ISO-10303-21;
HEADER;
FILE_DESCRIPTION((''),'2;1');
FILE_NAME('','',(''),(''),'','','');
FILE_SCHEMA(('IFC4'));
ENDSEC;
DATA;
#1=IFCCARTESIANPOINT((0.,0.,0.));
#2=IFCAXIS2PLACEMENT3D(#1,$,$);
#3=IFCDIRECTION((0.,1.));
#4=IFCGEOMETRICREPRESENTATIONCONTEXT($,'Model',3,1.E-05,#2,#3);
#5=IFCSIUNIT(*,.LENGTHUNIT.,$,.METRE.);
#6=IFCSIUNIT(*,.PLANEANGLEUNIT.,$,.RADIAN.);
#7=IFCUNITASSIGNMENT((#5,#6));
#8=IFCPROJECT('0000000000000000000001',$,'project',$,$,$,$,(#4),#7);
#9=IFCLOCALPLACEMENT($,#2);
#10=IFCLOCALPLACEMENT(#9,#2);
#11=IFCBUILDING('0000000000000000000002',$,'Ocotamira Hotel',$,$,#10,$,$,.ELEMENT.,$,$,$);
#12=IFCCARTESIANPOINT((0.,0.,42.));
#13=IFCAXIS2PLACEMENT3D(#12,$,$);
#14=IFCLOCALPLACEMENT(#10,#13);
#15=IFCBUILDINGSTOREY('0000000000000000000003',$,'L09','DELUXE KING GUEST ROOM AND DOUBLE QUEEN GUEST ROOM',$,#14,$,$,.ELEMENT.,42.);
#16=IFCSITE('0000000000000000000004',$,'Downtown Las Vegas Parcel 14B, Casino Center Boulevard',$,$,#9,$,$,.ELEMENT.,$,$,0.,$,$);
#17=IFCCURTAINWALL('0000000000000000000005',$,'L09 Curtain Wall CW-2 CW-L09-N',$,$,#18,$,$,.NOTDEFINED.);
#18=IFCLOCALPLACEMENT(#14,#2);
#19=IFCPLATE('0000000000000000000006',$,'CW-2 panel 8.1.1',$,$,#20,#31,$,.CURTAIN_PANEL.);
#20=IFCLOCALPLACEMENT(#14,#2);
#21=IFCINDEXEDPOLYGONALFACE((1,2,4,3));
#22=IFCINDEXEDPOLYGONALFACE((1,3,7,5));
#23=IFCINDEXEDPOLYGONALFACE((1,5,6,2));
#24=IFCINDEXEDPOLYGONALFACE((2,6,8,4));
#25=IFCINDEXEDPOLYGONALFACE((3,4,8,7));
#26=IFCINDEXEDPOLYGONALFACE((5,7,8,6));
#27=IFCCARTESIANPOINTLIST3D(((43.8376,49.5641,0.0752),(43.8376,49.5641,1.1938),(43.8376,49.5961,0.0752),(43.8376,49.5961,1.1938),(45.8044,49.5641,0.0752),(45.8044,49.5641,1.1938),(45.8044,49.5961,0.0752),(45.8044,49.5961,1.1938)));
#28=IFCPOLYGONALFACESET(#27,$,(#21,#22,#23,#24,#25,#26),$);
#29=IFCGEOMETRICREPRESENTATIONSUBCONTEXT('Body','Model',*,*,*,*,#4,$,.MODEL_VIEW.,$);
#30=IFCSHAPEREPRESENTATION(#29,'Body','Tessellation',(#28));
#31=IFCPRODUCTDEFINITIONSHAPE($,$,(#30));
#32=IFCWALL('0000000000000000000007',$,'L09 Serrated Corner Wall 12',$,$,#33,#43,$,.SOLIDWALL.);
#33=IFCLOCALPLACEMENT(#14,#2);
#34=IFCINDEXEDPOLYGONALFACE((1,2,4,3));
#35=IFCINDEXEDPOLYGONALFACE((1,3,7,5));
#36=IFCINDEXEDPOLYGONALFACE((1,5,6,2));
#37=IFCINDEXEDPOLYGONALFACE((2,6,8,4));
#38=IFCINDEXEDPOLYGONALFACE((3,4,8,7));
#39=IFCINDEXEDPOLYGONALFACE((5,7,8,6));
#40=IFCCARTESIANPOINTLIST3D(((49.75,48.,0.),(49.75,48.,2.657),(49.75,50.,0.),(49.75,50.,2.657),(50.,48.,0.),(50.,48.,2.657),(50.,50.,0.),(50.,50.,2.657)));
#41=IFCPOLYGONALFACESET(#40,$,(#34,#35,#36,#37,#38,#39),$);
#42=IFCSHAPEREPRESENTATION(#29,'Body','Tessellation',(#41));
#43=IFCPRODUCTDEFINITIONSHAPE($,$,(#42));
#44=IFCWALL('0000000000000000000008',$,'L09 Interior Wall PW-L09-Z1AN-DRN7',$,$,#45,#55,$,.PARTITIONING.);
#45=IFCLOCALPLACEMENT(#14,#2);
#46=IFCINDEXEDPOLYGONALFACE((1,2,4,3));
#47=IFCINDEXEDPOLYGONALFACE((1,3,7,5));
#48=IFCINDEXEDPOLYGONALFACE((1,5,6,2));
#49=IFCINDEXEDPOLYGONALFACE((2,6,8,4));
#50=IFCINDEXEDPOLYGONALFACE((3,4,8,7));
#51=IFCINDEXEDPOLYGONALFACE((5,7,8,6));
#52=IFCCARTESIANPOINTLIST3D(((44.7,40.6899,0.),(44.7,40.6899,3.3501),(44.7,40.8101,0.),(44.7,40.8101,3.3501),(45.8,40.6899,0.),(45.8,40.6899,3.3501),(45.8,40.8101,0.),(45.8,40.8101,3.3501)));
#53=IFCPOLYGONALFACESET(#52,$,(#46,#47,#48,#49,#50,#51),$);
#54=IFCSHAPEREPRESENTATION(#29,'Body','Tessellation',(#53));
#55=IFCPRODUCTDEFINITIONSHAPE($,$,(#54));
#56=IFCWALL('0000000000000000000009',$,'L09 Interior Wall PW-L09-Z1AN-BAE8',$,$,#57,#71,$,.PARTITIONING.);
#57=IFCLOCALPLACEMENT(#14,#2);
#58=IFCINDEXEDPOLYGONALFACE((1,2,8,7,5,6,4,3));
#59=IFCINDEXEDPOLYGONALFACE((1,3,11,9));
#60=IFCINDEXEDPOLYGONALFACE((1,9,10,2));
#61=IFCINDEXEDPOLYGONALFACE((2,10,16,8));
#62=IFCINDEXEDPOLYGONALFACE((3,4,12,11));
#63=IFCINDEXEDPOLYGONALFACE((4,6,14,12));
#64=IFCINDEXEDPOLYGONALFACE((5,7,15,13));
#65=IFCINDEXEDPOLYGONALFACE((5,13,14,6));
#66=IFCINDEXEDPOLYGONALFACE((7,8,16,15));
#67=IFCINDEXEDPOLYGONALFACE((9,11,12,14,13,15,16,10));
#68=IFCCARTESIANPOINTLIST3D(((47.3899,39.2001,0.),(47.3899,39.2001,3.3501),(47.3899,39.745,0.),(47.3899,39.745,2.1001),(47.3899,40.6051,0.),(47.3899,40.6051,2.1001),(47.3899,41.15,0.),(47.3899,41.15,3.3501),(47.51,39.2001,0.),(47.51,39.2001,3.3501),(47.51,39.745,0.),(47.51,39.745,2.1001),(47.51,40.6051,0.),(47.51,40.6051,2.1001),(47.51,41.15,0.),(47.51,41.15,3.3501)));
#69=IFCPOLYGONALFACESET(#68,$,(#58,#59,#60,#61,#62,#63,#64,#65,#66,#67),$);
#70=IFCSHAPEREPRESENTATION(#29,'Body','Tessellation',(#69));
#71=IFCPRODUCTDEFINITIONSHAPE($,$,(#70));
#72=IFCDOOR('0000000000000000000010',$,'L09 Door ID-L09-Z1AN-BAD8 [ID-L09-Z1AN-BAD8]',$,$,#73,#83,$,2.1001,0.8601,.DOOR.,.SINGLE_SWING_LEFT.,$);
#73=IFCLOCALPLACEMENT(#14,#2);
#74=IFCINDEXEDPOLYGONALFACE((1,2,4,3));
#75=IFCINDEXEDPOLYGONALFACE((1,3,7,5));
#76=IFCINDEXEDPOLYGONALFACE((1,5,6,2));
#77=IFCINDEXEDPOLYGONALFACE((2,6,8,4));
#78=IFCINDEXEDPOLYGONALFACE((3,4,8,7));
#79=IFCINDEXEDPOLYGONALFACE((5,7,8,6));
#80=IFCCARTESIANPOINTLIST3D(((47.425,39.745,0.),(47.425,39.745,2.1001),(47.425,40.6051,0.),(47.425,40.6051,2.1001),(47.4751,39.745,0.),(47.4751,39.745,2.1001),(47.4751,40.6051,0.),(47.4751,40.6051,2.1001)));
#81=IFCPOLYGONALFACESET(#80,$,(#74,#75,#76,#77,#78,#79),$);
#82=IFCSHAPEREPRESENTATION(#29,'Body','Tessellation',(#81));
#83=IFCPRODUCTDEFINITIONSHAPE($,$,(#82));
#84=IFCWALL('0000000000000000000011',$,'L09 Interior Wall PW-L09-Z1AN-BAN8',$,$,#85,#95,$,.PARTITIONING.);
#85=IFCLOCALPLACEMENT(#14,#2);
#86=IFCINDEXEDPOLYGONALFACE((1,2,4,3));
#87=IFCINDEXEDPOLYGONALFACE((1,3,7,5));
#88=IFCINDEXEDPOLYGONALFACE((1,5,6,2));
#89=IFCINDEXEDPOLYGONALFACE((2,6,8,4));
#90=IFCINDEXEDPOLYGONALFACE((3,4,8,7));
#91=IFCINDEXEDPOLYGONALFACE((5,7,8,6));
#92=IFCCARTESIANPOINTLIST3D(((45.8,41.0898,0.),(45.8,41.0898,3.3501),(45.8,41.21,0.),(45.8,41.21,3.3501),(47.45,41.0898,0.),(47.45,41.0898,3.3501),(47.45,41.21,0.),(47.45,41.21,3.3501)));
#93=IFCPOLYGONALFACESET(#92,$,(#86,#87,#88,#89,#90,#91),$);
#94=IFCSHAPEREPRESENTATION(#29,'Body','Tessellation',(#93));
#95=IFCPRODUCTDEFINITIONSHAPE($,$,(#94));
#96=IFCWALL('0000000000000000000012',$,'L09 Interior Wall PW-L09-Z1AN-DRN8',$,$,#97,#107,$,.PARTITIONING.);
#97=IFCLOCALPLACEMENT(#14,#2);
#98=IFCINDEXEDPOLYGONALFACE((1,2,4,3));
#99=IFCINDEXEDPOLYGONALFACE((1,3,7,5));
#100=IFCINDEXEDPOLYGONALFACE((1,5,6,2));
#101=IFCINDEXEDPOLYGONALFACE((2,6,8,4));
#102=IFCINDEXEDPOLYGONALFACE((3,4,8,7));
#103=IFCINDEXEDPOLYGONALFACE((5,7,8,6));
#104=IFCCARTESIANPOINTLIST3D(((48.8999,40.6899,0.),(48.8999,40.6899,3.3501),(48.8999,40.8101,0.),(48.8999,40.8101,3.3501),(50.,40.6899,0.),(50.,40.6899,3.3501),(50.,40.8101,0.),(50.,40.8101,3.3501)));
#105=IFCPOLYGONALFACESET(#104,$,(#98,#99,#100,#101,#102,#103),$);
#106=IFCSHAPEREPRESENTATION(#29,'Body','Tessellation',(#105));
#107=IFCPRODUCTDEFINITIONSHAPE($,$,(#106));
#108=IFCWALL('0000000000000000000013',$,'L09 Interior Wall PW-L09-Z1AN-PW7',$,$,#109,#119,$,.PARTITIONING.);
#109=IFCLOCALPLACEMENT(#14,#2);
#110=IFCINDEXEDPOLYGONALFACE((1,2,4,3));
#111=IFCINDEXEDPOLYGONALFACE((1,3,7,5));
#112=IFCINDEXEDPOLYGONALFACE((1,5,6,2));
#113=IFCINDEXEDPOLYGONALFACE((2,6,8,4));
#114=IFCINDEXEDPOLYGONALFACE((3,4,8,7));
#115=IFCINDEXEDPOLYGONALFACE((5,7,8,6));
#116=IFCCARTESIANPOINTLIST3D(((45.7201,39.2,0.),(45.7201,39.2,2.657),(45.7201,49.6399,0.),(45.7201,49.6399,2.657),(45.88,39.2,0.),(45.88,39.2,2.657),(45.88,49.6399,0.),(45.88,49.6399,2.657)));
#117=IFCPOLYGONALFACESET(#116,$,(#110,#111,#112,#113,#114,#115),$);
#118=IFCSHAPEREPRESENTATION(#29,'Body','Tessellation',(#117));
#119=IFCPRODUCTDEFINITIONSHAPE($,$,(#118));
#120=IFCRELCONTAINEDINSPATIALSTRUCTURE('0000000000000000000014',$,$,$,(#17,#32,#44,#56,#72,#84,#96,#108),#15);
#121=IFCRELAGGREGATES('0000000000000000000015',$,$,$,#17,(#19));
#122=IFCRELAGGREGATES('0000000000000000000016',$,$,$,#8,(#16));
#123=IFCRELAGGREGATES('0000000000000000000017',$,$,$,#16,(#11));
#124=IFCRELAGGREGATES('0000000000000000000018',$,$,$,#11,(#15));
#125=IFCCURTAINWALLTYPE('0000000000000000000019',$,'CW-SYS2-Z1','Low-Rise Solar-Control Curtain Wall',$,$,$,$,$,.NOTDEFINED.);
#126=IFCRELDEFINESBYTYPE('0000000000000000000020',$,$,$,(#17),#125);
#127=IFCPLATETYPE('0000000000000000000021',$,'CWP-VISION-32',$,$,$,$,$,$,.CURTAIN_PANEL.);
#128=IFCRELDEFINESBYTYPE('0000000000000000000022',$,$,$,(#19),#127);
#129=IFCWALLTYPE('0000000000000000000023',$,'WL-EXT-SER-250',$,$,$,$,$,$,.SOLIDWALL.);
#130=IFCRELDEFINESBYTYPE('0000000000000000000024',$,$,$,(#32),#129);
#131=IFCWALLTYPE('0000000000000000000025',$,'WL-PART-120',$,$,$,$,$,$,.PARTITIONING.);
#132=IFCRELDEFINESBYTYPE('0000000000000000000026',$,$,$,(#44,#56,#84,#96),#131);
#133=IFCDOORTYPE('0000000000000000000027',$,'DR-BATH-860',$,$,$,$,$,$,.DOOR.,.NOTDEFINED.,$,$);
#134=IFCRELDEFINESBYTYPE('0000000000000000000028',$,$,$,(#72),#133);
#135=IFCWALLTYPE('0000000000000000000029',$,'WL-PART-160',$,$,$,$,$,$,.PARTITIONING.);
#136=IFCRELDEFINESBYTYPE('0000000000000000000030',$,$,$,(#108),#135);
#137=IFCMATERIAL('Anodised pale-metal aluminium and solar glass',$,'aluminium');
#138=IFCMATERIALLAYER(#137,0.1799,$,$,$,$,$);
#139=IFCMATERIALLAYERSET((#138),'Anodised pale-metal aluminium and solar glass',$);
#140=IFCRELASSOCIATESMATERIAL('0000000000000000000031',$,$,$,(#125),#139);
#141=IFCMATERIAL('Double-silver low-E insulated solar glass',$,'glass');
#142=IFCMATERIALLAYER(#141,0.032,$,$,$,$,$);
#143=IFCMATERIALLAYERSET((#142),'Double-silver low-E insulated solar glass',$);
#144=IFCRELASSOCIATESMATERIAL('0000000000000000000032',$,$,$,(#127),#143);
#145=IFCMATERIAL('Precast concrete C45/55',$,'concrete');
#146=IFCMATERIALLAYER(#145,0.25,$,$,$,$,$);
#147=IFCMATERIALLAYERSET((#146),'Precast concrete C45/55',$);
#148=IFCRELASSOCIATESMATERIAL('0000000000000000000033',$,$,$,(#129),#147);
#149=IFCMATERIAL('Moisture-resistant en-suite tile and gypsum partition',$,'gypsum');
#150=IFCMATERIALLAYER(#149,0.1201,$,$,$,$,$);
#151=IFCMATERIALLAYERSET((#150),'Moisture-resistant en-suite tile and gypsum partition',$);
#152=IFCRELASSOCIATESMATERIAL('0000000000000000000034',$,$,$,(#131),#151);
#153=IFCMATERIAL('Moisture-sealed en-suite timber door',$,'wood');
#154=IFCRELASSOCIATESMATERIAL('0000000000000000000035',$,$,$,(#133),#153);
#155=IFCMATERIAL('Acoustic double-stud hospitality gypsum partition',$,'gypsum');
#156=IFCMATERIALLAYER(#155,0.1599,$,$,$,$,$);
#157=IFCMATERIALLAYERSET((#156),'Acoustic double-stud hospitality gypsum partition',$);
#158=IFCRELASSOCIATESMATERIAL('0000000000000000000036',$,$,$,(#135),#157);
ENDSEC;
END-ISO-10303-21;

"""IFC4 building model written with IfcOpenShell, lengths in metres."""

from ifc_helpers import new_model, si_unit, direction, frame, frame_2d, origin, origin_2d, place, context, subcontext, project, spatial, rectangle, extrude, source, transform, mapped, material, layer, layer_set, type_object, element, fill, aggregate, save


model = new_model("IFC4")

# Units and contexts
model_context = context("Model", 3, precision=1e-05, world=origin(), true_north=direction((0.0, 1.0)))
body_context = subcontext(model_context, "Body", "Model", "MODEL_VIEW")
ifc_project = project(units=[si_unit("LENGTHUNIT", "METRE"), si_unit("PLANEANGLEUNIT", "RADIAN")], contexts=[model_context])

# Site, building, storey
site_placement = place(None, origin())
site = spatial("IfcSite", under=ifc_project, at=site_placement, Name="Downtown Las Vegas Parcel 14B, Casino Center Boulevard", CompositionType="ELEMENT", RefElevation=0.0)
building_placement = place(site_placement, origin())
building = spatial("IfcBuilding", under=site, at=building_placement, Name="Ocotamira Hotel", CompositionType="ELEMENT")
storey_placement = place(building_placement, frame((0.0, 0.0, 42.0)))
storey = spatial("IfcBuildingStorey", under=building, at=storey_placement, Name="L09", Description="DELUXE KING GUEST ROOM AND DOUBLE QUEEN GUEST ROOM", CompositionType="ELEMENT", Elevation=42.0)

# Curtain wall
ifc_material_1 = material(Name="Anodised pale-metal aluminium and solar glass", Category="aluminium")
ifc_layer_1 = layer(ifc_material_1, 0.1799)
ifc_layer_set_1 = layer_set([ifc_layer_1], Name="Anodised pale-metal aluminium and solar glass")
curtain_wall_type = type_object("IfcCurtainWallType", Name="CW-SYS2-Z1", Description="Low-Rise Solar-Control Curtain Wall", PredefinedType="NOTDEFINED", material=ifc_layer_set_1)
curtain_wall_placement = place(storey_placement, origin())
curtain_wall = element("IfcCurtainWall", 1, at=curtain_wall_placement, inside=storey, type_object=curtain_wall_type, Name="L09 Curtain Wall CW-2 CW-L09-N", PredefinedType="NOTDEFINED")

# Plate
ifc_material_2 = material(Name="Double-silver low-E insulated solar glass", Category="glass")
ifc_layer_2 = layer(ifc_material_2, 0.032)
ifc_layer_set_2 = layer_set([ifc_layer_2], Name="Double-silver low-E insulated solar glass")
plate_type_1 = type_object("IfcPlateType", Name="CWP-VISION-32", PredefinedType="CURTAIN_PANEL", material=ifc_layer_set_2)
shared_shape_1 = source(origin(), body_context, "Body", "SweptSolid", [
    extrude(rectangle(XDim=1.9668, YDim=0.032, at=origin_2d()), origin(), (0.0, 0.0, 1.0), 1.1187),
])
plate_1_placement = place(storey_placement, frame((44.821, 49.5801, 0.0752), z_axis=(0.0, 0.0, 1.0), x_axis=(1.0, 0.0, 0.0)))
plate_1 = element("IfcPlate", 2, at=plate_1_placement, type_object=plate_type_1, Name="CW-2 panel 8.1.1", PredefinedType="CURTAIN_PANEL", context=body_context, shape_type="MappedRepresentation", body=[
    mapped(shared_shape_1, transform((0.0, 0.0, 0.0), scale=1.0)),
])
aggregate(curtain_wall, [plate_1])

# Walls
ifc_material_3 = material(Name="Precast concrete C45/55", Category="concrete")
ifc_layer_3 = layer(ifc_material_3, 0.25)
ifc_layer_set_3 = layer_set([ifc_layer_3], Name="Precast concrete C45/55")
wall_type_1 = type_object("IfcWallType", Name="WL-EXT-SER-250", PredefinedType="SOLIDWALL", material=ifc_layer_set_3)
wall_1_placement = place(storey_placement, frame((49.875, 48.0, 0.0), z_axis=(0.0, 0.0, 1.0), x_axis=(0.0, 1.0, 0.0)))
element("IfcWall", 3, at=wall_1_placement, inside=storey, type_object=wall_type_1, Name="L09 Serrated Corner Wall 12", PredefinedType="SOLIDWALL", context=body_context, shape_type="SweptSolid", body=[
    extrude(rectangle(XDim=2.0, YDim=0.25, at=frame_2d((1.0, 0.0))), origin(), (0.0, 0.0, 1.0), 2.657),
])
ifc_material_4 = material(Name="Moisture-resistant en-suite tile and gypsum partition", Category="gypsum")
ifc_layer_4 = layer(ifc_material_4, 0.1201)
ifc_layer_set_4 = layer_set([ifc_layer_4], Name="Moisture-resistant en-suite tile and gypsum partition")
wall_type_2 = type_object("IfcWallType", Name="WL-PART-120", PredefinedType="PARTITIONING", material=ifc_layer_set_4)
wall_2_placement = place(storey_placement, frame((44.7, 40.75, 0.0), z_axis=(0.0, 0.0, 1.0), x_axis=(1.0, 0.0, 0.0)))
element("IfcWall", 4, at=wall_2_placement, inside=storey, type_object=wall_type_2, Name="L09 Interior Wall PW-L09-Z1AN-DRN7", PredefinedType="PARTITIONING", context=body_context, shape_type="SweptSolid", body=[
    extrude(rectangle(XDim=1.1001, YDim=0.1201, at=frame_2d((0.55, 0.0))), origin(), (0.0, 0.0, 1.0), 3.3501),
])

# Wall, opening, door
wall_3_placement = place(storey_placement, frame((47.45, 39.2, 0.0), z_axis=(0.0, 0.0, 1.0), x_axis=(0.0, 1.0, 0.0)))
wall_3 = element("IfcWall", 5, at=wall_3_placement, inside=storey, type_object=wall_type_2, Name="L09 Interior Wall PW-L09-Z1AN-BAE8", PredefinedType="PARTITIONING", context=body_context, shape_type="SweptSolid", body=[
    extrude(rectangle(XDim=1.95, YDim=0.1201, at=frame_2d((0.9751, 0.0))), origin(), (0.0, 0.0, 1.0), 3.3501),
])
opening_placement = place(wall_3_placement, frame((0.5449, 0.0, 0.0)))
opening = element("IfcOpeningElement", 6, at=opening_placement, cuts=wall_3, PredefinedType="OPENING", context=body_context, shape_type="SweptSolid", body=[
    extrude(rectangle(XDim=0.8601, YDim=2.1001, at=frame_2d((0.4302, 1.05))), frame((0.0, 0.0701, 0.0), z_axis=(0.0, -1.0, 0.0), x_axis=(1.0, 0.0, 0.0)), (0.0, 0.0, 1.0), 0.1401),
])
ifc_material_5 = material(Name="Moisture-sealed en-suite timber door", Category="wood")
door_type = type_object("IfcDoorType", Name="DR-BATH-860", OperationType="NOTDEFINED", PredefinedType="DOOR", material=ifc_material_5)
shared_shape_2 = source(origin(), body_context, "Body", "SweptSolid", [
    extrude(rectangle(XDim=0.8601, YDim=2.1001, at=frame_2d((0.4302, 1.05))), frame((0.0, 0.0249, 0.0), z_axis=(0.0, -1.0, 0.0), x_axis=(1.0, 0.0, 0.0)), (0.0, 0.0, 1.0), 0.05),
])
door_placement = place(opening_placement, origin())
door = element("IfcDoor", 7, at=door_placement, inside=storey, type_object=door_type, Name="L09 Door ID-L09-Z1AN-BAD8 [ID-L09-Z1AN-BAD8]", OperationType="SINGLE_SWING_LEFT", OverallHeight=2.1001, OverallWidth=0.8601, PredefinedType="DOOR", context=body_context, shape_type="MappedRepresentation", body=[
    mapped(shared_shape_2, transform((0.0, 0.0, 0.0), scale=1.0)),
])
fill(opening, door)

# Walls
wall_4_placement = place(storey_placement, frame((45.8, 41.1499, 0.0), z_axis=(0.0, 0.0, 1.0), x_axis=(1.0, 0.0, 0.0)))
element("IfcWall", 8, at=wall_4_placement, inside=storey, type_object=wall_type_2, Name="L09 Interior Wall PW-L09-Z1AN-BAN8", PredefinedType="PARTITIONING", context=body_context, shape_type="SweptSolid", body=[
    extrude(rectangle(XDim=1.6499, YDim=0.1201, at=frame_2d((0.825, 0.0))), origin(), (0.0, 0.0, 1.0), 3.3501),
])
wall_5_placement = place(storey_placement, frame((48.8999, 40.75, 0.0), z_axis=(0.0, 0.0, 1.0), x_axis=(1.0, 0.0, 0.0)))
element("IfcWall", 9, at=wall_5_placement, inside=storey, type_object=wall_type_2, Name="L09 Interior Wall PW-L09-Z1AN-DRN8", PredefinedType="PARTITIONING", context=body_context, shape_type="SweptSolid", body=[
    extrude(rectangle(XDim=1.1001, YDim=0.1201, at=frame_2d((0.55, 0.0))), origin(), (0.0, 0.0, 1.0), 3.3501),
])
ifc_material_6 = material(Name="Acoustic double-stud hospitality gypsum partition", Category="gypsum")
ifc_layer_5 = layer(ifc_material_6, 0.1599)
ifc_layer_set_5 = layer_set([ifc_layer_5], Name="Acoustic double-stud hospitality gypsum partition")
wall_type_3 = type_object("IfcWallType", Name="WL-PART-160", PredefinedType="PARTITIONING", material=ifc_layer_set_5)
wall_6_placement = place(storey_placement, frame((45.8, 39.2, 0.0), z_axis=(0.0, 0.0, 1.0), x_axis=(0.0, 1.0, 0.0)))
element("IfcWall", 10, at=wall_6_placement, inside=storey, type_object=wall_type_3, Name="L09 Interior Wall PW-L09-Z1AN-PW7", PredefinedType="PARTITIONING", context=body_context, shape_type="SweptSolid", body=[
    extrude(rectangle(XDim=10.4399, YDim=0.1599, at=frame_2d((5.22, 0.0))), origin(), (0.0, 0.0, 1.0), 2.657),
])

save(model, "model.ifc")
